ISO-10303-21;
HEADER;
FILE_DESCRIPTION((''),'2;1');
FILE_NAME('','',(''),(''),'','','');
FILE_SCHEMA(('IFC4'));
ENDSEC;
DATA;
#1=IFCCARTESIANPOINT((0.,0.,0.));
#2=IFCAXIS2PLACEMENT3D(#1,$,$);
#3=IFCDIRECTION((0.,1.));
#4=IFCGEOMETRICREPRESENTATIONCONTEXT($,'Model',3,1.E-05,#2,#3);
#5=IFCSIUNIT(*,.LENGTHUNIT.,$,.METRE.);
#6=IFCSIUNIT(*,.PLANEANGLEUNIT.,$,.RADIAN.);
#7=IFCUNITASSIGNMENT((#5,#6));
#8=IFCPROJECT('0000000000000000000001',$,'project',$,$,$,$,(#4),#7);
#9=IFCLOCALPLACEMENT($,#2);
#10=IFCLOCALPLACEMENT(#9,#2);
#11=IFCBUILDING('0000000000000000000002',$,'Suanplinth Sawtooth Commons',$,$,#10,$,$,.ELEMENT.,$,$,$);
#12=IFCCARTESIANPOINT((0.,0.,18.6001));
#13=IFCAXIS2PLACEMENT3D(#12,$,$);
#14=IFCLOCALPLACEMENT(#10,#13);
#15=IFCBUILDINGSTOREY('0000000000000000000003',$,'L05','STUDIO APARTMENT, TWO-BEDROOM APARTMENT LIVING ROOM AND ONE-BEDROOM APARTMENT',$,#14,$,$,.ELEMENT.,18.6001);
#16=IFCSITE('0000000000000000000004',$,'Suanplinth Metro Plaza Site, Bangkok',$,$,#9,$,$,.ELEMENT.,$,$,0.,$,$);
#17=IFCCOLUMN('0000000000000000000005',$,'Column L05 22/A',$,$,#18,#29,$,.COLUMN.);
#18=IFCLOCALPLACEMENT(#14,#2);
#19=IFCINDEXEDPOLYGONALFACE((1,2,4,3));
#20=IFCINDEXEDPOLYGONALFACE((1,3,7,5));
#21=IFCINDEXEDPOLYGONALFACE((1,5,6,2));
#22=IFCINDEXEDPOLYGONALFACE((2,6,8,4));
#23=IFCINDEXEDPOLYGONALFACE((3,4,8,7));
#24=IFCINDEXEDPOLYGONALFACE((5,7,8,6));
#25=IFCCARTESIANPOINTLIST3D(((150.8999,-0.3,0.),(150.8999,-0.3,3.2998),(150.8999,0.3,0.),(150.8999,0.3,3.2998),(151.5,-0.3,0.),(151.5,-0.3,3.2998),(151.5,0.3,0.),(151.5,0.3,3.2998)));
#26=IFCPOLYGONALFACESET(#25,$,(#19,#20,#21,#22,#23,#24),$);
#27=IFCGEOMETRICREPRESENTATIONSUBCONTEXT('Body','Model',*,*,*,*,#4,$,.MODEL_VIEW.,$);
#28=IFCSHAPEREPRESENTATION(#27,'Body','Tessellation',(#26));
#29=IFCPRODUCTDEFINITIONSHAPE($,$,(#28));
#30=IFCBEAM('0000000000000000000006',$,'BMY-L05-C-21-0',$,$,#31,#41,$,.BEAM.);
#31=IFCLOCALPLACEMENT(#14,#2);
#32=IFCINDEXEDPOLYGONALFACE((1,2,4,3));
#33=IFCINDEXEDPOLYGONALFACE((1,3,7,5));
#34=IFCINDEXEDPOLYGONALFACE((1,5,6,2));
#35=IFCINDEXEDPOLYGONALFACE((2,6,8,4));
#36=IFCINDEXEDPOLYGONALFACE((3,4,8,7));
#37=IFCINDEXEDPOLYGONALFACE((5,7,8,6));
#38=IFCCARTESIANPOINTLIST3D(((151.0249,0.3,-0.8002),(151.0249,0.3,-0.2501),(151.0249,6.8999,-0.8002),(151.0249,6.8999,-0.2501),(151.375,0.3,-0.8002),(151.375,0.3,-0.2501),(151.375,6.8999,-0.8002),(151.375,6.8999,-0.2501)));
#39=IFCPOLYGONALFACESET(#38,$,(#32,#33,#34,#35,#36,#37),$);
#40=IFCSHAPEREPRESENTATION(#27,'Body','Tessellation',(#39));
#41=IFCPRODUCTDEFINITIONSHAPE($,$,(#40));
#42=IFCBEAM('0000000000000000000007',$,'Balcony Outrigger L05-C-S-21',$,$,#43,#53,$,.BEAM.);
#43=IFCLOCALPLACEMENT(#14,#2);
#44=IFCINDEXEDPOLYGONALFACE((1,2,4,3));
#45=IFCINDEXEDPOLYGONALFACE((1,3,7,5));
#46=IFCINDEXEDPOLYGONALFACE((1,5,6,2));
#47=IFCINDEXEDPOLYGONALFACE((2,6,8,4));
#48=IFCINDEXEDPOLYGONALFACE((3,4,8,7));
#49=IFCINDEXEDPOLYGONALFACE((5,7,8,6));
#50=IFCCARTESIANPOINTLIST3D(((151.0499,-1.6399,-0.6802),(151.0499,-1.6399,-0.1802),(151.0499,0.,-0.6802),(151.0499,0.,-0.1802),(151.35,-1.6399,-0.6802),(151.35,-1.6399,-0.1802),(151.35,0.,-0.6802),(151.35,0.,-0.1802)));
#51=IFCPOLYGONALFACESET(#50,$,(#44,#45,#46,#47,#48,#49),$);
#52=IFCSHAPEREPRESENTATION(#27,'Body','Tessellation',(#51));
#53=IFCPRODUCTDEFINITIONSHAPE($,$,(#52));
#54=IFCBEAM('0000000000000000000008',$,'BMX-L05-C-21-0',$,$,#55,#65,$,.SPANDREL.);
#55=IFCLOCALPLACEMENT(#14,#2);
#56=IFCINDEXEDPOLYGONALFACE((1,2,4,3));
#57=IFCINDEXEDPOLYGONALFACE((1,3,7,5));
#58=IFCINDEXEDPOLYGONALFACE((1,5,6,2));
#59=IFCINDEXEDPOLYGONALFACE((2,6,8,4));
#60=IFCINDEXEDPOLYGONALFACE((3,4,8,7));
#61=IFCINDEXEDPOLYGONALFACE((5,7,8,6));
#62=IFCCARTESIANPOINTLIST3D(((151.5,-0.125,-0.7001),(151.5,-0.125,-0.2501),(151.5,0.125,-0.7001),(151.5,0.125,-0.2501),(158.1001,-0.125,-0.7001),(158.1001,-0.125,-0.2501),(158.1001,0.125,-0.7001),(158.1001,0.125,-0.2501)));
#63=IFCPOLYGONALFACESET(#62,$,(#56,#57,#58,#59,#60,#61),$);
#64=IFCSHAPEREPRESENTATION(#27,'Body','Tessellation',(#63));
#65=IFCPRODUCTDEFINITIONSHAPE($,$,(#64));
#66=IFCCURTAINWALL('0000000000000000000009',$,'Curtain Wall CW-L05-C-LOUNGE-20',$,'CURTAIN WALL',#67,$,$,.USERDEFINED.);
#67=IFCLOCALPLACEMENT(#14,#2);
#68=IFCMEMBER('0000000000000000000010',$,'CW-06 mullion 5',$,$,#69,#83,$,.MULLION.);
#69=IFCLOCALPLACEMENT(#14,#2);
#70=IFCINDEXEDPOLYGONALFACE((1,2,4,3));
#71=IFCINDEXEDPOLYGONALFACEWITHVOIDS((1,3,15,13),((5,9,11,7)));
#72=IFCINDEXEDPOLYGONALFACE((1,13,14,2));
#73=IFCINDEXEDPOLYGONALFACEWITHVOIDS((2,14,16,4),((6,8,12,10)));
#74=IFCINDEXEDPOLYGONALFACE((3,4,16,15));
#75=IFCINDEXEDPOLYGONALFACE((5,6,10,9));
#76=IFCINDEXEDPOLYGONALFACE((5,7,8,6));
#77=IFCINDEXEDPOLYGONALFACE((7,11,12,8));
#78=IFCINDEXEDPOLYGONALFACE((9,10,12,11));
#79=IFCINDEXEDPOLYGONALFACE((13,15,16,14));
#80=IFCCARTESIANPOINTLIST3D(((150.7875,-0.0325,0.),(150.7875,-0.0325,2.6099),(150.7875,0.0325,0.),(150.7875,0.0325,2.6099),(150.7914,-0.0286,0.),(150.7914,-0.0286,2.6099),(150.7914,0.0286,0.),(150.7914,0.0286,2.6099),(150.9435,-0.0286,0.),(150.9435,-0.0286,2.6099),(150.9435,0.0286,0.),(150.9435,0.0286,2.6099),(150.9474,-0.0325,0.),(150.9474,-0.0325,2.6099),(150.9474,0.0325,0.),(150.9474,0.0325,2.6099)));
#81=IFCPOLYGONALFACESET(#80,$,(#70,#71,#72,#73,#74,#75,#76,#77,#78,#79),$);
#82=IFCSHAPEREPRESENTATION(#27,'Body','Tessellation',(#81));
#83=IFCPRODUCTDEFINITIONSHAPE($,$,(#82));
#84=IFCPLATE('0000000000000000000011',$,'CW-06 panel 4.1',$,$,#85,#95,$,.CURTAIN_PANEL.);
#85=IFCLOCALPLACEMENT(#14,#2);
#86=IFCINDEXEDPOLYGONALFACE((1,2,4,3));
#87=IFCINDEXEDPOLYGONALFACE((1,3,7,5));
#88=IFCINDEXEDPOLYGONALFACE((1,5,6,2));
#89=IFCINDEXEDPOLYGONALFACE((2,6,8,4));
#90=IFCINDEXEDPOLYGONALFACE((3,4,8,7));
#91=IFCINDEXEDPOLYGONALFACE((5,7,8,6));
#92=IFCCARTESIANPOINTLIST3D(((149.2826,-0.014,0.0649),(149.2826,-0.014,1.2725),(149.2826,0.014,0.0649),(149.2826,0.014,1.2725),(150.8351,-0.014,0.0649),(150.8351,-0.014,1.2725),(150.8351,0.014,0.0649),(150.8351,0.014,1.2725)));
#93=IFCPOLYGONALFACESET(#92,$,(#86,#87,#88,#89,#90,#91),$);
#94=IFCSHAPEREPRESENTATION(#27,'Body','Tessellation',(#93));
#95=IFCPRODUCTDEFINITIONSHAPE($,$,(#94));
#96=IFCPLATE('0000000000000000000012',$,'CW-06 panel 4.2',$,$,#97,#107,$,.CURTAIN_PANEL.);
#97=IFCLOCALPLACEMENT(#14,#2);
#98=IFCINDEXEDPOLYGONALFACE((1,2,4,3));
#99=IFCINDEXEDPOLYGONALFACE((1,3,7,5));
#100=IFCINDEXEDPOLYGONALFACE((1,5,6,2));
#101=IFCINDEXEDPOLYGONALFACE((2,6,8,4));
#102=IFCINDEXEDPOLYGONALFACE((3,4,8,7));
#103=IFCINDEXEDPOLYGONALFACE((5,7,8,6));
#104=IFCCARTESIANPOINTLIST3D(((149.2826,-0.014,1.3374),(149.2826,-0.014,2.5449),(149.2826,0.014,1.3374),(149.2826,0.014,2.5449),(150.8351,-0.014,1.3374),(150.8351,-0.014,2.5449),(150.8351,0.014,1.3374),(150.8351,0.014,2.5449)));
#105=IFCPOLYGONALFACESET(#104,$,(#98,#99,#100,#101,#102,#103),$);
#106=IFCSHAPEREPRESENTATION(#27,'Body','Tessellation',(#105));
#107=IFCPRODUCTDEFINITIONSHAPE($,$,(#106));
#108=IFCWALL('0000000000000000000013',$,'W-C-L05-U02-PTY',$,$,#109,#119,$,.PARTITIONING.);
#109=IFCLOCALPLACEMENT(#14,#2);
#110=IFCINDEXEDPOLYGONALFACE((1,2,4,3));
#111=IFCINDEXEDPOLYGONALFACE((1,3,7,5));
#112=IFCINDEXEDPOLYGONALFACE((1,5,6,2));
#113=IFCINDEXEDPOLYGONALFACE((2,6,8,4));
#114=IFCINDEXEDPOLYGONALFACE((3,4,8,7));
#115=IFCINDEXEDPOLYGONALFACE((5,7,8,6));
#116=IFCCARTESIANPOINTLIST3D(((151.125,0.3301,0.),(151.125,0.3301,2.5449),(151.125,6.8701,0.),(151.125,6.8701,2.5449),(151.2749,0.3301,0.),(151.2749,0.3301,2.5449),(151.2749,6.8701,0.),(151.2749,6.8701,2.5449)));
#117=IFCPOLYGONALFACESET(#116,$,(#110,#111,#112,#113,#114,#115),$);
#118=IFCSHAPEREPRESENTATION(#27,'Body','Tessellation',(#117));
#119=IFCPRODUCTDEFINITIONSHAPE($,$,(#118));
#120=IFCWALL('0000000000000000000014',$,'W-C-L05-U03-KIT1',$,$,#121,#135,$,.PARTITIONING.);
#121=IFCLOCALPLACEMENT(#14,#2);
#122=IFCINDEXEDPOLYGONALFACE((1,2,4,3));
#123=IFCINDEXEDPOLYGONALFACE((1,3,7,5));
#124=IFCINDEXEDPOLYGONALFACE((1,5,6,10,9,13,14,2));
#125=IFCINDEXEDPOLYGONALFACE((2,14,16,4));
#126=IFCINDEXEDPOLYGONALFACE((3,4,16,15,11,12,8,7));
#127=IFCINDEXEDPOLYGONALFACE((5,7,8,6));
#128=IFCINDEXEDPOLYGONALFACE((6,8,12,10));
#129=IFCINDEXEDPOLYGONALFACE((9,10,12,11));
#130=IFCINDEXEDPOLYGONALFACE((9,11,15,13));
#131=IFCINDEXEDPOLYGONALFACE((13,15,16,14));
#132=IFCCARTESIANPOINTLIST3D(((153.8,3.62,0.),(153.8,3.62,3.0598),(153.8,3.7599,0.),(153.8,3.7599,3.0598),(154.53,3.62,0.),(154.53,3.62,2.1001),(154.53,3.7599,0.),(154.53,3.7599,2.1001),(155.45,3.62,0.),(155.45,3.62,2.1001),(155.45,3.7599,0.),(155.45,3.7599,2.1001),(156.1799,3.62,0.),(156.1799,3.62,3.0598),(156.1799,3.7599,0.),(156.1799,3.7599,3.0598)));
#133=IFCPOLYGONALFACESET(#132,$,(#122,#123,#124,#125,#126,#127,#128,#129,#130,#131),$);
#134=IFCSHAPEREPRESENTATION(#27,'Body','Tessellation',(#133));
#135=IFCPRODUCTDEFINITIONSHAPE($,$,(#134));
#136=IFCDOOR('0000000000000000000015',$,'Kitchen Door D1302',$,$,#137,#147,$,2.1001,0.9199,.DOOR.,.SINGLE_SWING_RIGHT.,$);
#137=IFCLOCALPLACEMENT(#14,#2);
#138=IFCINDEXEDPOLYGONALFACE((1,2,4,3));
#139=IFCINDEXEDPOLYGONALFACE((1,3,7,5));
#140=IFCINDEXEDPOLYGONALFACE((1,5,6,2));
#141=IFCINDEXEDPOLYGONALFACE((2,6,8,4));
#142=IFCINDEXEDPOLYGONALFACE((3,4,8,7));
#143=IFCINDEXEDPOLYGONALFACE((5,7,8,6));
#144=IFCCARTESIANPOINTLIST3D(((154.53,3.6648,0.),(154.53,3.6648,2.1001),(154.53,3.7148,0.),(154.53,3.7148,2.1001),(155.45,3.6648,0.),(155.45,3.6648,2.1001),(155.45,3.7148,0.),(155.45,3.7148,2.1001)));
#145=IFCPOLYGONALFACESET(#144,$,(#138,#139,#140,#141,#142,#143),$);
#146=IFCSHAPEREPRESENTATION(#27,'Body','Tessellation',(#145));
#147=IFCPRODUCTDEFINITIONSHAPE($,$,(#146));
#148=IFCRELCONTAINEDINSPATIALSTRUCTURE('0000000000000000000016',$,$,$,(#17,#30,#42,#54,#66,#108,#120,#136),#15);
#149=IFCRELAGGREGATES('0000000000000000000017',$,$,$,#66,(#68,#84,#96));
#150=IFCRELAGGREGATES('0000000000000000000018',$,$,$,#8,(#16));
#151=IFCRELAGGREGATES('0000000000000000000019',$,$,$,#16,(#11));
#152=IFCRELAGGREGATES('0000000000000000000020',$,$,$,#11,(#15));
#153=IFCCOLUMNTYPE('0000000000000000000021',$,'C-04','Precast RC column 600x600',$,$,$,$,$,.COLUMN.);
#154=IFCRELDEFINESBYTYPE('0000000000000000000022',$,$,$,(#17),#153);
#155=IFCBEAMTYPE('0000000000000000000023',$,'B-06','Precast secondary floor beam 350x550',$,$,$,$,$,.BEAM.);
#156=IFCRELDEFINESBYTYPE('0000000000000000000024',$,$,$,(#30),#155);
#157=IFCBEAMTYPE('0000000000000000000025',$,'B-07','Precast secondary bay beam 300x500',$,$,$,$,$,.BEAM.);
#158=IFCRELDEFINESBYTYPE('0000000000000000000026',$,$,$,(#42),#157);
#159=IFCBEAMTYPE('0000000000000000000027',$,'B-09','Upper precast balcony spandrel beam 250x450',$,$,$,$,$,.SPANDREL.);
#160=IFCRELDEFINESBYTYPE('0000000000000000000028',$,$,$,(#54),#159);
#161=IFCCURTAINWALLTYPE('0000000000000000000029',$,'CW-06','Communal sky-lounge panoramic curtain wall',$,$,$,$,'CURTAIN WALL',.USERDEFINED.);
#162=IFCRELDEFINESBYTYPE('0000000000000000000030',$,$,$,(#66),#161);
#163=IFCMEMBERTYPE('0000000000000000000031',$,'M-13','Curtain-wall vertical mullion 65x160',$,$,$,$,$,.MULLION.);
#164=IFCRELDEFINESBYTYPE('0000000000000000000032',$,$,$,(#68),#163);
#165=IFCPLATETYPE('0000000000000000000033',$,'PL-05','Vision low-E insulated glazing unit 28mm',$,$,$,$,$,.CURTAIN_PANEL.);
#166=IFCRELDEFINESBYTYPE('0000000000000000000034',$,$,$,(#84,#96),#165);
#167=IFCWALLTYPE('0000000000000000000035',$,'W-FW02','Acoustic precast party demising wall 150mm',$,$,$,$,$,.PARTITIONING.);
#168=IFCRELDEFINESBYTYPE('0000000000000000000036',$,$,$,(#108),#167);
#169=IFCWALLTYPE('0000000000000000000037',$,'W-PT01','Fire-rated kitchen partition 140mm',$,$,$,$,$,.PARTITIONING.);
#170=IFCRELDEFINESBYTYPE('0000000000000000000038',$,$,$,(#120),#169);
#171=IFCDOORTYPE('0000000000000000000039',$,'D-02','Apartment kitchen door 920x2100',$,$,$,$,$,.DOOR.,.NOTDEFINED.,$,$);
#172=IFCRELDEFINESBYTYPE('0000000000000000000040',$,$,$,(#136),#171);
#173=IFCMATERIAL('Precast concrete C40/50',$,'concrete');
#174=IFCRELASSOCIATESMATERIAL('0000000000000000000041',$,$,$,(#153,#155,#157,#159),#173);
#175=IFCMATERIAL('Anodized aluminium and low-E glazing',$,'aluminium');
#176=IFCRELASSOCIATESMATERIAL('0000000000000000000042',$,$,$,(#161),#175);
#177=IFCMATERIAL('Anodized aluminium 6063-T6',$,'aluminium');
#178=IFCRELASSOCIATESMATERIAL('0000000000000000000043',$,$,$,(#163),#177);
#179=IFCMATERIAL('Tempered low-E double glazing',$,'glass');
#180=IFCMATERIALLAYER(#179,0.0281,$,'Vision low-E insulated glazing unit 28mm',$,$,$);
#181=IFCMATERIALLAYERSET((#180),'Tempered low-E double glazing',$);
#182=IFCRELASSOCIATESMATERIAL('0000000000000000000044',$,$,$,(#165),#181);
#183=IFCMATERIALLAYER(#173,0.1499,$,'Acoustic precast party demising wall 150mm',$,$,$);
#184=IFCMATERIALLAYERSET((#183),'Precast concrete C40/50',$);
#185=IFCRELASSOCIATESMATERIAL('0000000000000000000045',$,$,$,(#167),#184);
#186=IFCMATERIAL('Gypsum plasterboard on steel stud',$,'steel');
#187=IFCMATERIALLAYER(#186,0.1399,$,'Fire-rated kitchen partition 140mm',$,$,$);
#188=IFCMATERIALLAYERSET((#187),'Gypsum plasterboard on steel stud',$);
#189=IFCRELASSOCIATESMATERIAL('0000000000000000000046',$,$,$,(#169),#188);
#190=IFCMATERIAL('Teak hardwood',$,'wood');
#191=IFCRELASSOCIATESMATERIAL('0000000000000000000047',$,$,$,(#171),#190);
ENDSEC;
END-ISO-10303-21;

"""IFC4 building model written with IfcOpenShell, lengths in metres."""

from ifc_helpers import new_model, si_unit, direction, frame, frame_2d, origin, origin_2d, place, context, subcontext, project, spatial, rectangle, hollow_rectangle, extrude, material, layer, layer_set, material_profile, profile_set, type_object, element, fill, aggregate, save


model = new_model("IFC4")

# Units and contexts
model_context = context("Model", 3, precision=1e-05, world=origin(), true_north=direction((0.0, 1.0)))
body_context = subcontext(model_context, "Body", "Model", "MODEL_VIEW")
ifc_project = project(units=[si_unit("LENGTHUNIT", "METRE"), si_unit("PLANEANGLEUNIT", "RADIAN")], contexts=[model_context])

# Site, building, storey
site_placement = place(None, origin())
site = spatial("IfcSite", under=ifc_project, at=site_placement, Name="Suanplinth Metro Plaza Site, Bangkok", CompositionType="ELEMENT", RefElevation=0.0)
building_placement = place(site_placement, origin())
building = spatial("IfcBuilding", under=site, at=building_placement, Name="Suanplinth Sawtooth Commons", CompositionType="ELEMENT")
storey_placement = place(building_placement, frame((0.0, 0.0, 18.6001)))
storey = spatial("IfcBuildingStorey", under=building, at=storey_placement, Name="L05", Description="STUDIO APARTMENT, TWO-BEDROOM APARTMENT LIVING ROOM AND ONE-BEDROOM APARTMENT", CompositionType="ELEMENT", Elevation=18.6001)

# Column
ifc_material_1 = material(Name="Precast concrete C40/50", Category="concrete")
ifc_material_profile_1 = material_profile(ifc_material_1, rectangle(XDim=0.6001, YDim=0.6001, at=origin_2d()), Name="PC-COL 600x600")
ifc_profile_set_1 = profile_set([ifc_material_profile_1], Name="Precast concrete C40/50")
column_type = type_object("IfcColumnType", Name="C-04", Description="Precast RC column 600x600", PredefinedType="COLUMN", material=ifc_profile_set_1)
column_placement = place(storey_placement, frame((151.2, 0.0, 0.0), z_axis=(0.0, 0.0, 1.0), x_axis=(1.0, 0.0, 0.0)))
element("IfcColumn", 1, at=column_placement, inside=storey, type_object=column_type, Name="Column L05 22/A", PredefinedType="COLUMN", context=body_context, shape_type="SweptSolid", body=[
    extrude(rectangle(XDim=0.6001, YDim=0.6001, at=origin_2d()), origin(), (0.0, 0.0, 1.0), 3.2998),
])

# Beams
ifc_material_profile_2 = material_profile(ifc_material_1, rectangle(XDim=0.3501, YDim=0.55, at=origin_2d()), Name="PC-BM 350x550")
ifc_profile_set_2 = profile_set([ifc_material_profile_2], Name="Precast concrete C40/50")
beam_type_1 = type_object("IfcBeamType", Name="B-06", Description="Precast secondary floor beam 350x550", PredefinedType="BEAM", material=ifc_profile_set_2)
beam_1_placement = place(storey_placement, frame((151.2, 0.3, -0.5251), z_axis=(0.0, 1.0, 0.0), x_axis=(-1.0, 0.0, 0.0)))
element("IfcBeam", 2, at=beam_1_placement, inside=storey, type_object=beam_type_1, Name="BMY-L05-C-21-0", PredefinedType="BEAM", context=body_context, shape_type="SweptSolid", body=[
    extrude(rectangle(XDim=0.3501, YDim=0.55, at=origin_2d()), origin(), (0.0, 0.0, 1.0), 6.5999),
])
ifc_material_profile_3 = material_profile(ifc_material_1, rectangle(XDim=0.3, YDim=0.5, at=origin_2d()), Name="PC-BM 300x500")
ifc_profile_set_3 = profile_set([ifc_material_profile_3], Name="Precast concrete C40/50")
beam_type_2 = type_object("IfcBeamType", Name="B-07", Description="Precast secondary bay beam 300x500", PredefinedType="BEAM", material=ifc_profile_set_3)
beam_2_placement = place(storey_placement, frame((151.2, 0.0, -0.4302), z_axis=(0.0, -1.0, 0.0), x_axis=(1.0, 0.0, 0.0)))
element("IfcBeam", 3, at=beam_2_placement, inside=storey, type_object=beam_type_2, Name="Balcony Outrigger L05-C-S-21", PredefinedType="BEAM", context=body_context, shape_type="SweptSolid", body=[
    extrude(rectangle(XDim=0.3, YDim=0.5, at=origin_2d()), origin(), (0.0, 0.0, 1.0), 1.6399),
])
ifc_material_profile_4 = material_profile(ifc_material_1, rectangle(XDim=0.25, YDim=0.45, at=origin_2d()), Name="PC-SP 250x450")
ifc_profile_set_4 = profile_set([ifc_material_profile_4], Name="Precast concrete C40/50")
beam_type_3 = type_object("IfcBeamType", Name="B-09", Description="Upper precast balcony spandrel beam 250x450", PredefinedType="SPANDREL", material=ifc_profile_set_4)
beam_3_placement = place(storey_placement, frame((151.5, 0.0, -0.4751), z_axis=(1.0, 0.0, 0.0), x_axis=(0.0, 1.0, 0.0)))
element("IfcBeam", 4, at=beam_3_placement, inside=storey, type_object=beam_type_3, Name="BMX-L05-C-21-0", PredefinedType="SPANDREL", context=body_context, shape_type="SweptSolid", body=[
    extrude(rectangle(XDim=0.25, YDim=0.45, at=origin_2d()), origin(), (0.0, 0.0, 1.0), 6.6001),
])

# Curtain wall, member, plates
ifc_material_2 = material(Name="Anodized aluminium and low-E glazing", Category="aluminium")
curtain_wall_type = type_object("IfcCurtainWallType", Name="CW-06", Description="Communal sky-lounge panoramic curtain wall", ElementType="CURTAIN WALL", PredefinedType="USERDEFINED", material=ifc_material_2)
curtain_wall_placement = place(storey_placement, origin())
curtain_wall = element("IfcCurtainWall", 5, at=curtain_wall_placement, inside=storey, type_object=curtain_wall_type, Name="Curtain Wall CW-L05-C-LOUNGE-20", ObjectType="CURTAIN WALL", PredefinedType="USERDEFINED")
ifc_material_3 = material(Name="Anodized aluminium 6063-T6", Category="aluminium")
ifc_material_profile_5 = material_profile(ifc_material_3, hollow_rectangle(XDim=0.0649, YDim=0.1599, WallThickness=0.0039, at=origin_2d()), Name="ALU-MUL 65x160")
ifc_profile_set_5 = profile_set([ifc_material_profile_5], Name="Anodized aluminium 6063-T6")
member_type = type_object("IfcMemberType", Name="M-13", Description="Curtain-wall vertical mullion 65x160", PredefinedType="MULLION", material=ifc_profile_set_5)
member_placement = place(storey_placement, frame((150.8674, 0.0, 0.0), z_axis=(0.0, 0.0, 1.0), x_axis=(0.0, 1.0, 0.0)))
member = element("IfcMember", 6, at=member_placement, type_object=member_type, Name="CW-06 mullion 5", PredefinedType="MULLION", context=body_context, shape_type="SweptSolid", body=[
    extrude(hollow_rectangle(XDim=0.0649, YDim=0.1599, WallThickness=0.0039, at=origin_2d()), origin(), (0.0, 0.0, 1.0), 2.6099),
])
ifc_material_4 = material(Name="Tempered low-E double glazing", Category="glass")
ifc_layer_1 = layer(ifc_material_4, 0.0281, Name="Vision low-E insulated glazing unit 28mm")
ifc_layer_set_1 = layer_set([ifc_layer_1], Name="Tempered low-E double glazing")
plate_type = type_object("IfcPlateType", Name="PL-05", Description="Vision low-E insulated glazing unit 28mm", PredefinedType="CURTAIN_PANEL", material=ifc_layer_set_1)
plate_1_placement = place(storey_placement, frame((150.0588, 0.0, 0.0649), z_axis=(0.0, 0.0, 1.0), x_axis=(1.0, 0.0, 0.0)))
plate_1 = element("IfcPlate", 7, at=plate_1_placement, type_object=plate_type, Name="CW-06 panel 4.1", PredefinedType="CURTAIN_PANEL", context=body_context, shape_type="SweptSolid", body=[
    extrude(rectangle(XDim=1.5525, YDim=0.0281, at=origin_2d()), origin(), (0.0, 0.0, 1.0), 1.2075),
])
plate_2_placement = place(storey_placement, frame((150.0588, 0.0, 1.3374), z_axis=(0.0, 0.0, 1.0), x_axis=(1.0, 0.0, 0.0)))
plate_2 = element("IfcPlate", 8, at=plate_2_placement, type_object=plate_type, Name="CW-06 panel 4.2", PredefinedType="CURTAIN_PANEL", context=body_context, shape_type="SweptSolid", body=[
    extrude(rectangle(XDim=1.5525, YDim=0.0281, at=origin_2d()), origin(), (0.0, 0.0, 1.0), 1.2075),
])
aggregate(curtain_wall, [member, plate_1, plate_2])

# Wall
ifc_layer_2 = layer(ifc_material_1, 0.1499, Name="Acoustic precast party demising wall 150mm")
ifc_layer_set_2 = layer_set([ifc_layer_2], Name="Precast concrete C40/50")
wall_type_1 = type_object("IfcWallType", Name="W-FW02", Description="Acoustic precast party demising wall 150mm", PredefinedType="PARTITIONING", material=ifc_layer_set_2)
wall_1_placement = place(storey_placement, frame((151.2, 0.3301, 0.0), z_axis=(0.0, 0.0, 1.0), x_axis=(0.0, 1.0, 0.0)))
element("IfcWall", 9, at=wall_1_placement, inside=storey, type_object=wall_type_1, Name="W-C-L05-U02-PTY", PredefinedType="PARTITIONING", context=body_context, shape_type="SweptSolid", body=[
    extrude(rectangle(XDim=6.54, YDim=0.1499, at=frame_2d((3.27, 0.0))), origin(), (0.0, 0.0, 1.0), 2.5449),
])

# Wall, opening, door
ifc_material_5 = material(Name="Gypsum plasterboard on steel stud", Category="steel")
ifc_layer_3 = layer(ifc_material_5, 0.1399, Name="Fire-rated kitchen partition 140mm")
ifc_layer_set_3 = layer_set([ifc_layer_3], Name="Gypsum plasterboard on steel stud")
wall_type_2 = type_object("IfcWallType", Name="W-PT01", Description="Fire-rated kitchen partition 140mm", PredefinedType="PARTITIONING", material=ifc_layer_set_3)
wall_2_placement = place(storey_placement, frame((153.8, 3.6899, 0.0), z_axis=(0.0, 0.0, 1.0), x_axis=(1.0, 0.0, 0.0)))
wall_2 = element("IfcWall", 10, at=wall_2_placement, inside=storey, type_object=wall_type_2, Name="W-C-L05-U03-KIT1", PredefinedType="PARTITIONING", context=body_context, shape_type="SweptSolid", body=[
    extrude(rectangle(XDim=2.3799, YDim=0.1399, at=frame_2d((1.1899, 0.0))), origin(), (0.0, 0.0, 1.0), 3.0598),
])
opening_1_placement = place(wall_2_placement, frame((0.73, 0.0, 0.0)))
opening_1 = element("IfcOpeningElement", 11, at=opening_1_placement, cuts=wall_2, PredefinedType="OPENING", context=body_context, shape_type="SweptSolid", body=[
    extrude(rectangle(XDim=0.9199, YDim=2.1001, at=frame_2d((0.46, 1.05))), frame((0.0, 0.085, 0.0), z_axis=(0.0, -1.0, 0.0), x_axis=(1.0, 0.0, 0.0)), (0.0, 0.0, 1.0), 0.1697),
])
ifc_material_6 = material(Name="Teak hardwood", Category="wood")
door_type_1 = type_object("IfcDoorType", Name="D-02", Description="Apartment kitchen door 920x2100", OperationType="NOTDEFINED", PredefinedType="DOOR", material=ifc_material_6)
door_1_placement = place(opening_1_placement, origin())
door_1 = element("IfcDoor", 12, at=door_1_placement, inside=storey, type_object=door_type_1, Name="Kitchen Door D1302", OperationType="SINGLE_SWING_RIGHT", OverallHeight=2.1001, OverallWidth=0.9199, PredefinedType="DOOR", context=body_context, shape_type="SweptSolid", body=[
    extrude(rectangle(XDim=0.9199, YDim=2.1001, at=frame_2d((0.46, 1.05))), frame((0.0, 0.0249, 0.0), z_axis=(0.0, -1.0, 0.0), x_axis=(1.0, 0.0, 0.0)), (0.0, 0.0, 1.0), 0.05),
])
fill(opening_1, door_1)

save(model, "model.ifc")
